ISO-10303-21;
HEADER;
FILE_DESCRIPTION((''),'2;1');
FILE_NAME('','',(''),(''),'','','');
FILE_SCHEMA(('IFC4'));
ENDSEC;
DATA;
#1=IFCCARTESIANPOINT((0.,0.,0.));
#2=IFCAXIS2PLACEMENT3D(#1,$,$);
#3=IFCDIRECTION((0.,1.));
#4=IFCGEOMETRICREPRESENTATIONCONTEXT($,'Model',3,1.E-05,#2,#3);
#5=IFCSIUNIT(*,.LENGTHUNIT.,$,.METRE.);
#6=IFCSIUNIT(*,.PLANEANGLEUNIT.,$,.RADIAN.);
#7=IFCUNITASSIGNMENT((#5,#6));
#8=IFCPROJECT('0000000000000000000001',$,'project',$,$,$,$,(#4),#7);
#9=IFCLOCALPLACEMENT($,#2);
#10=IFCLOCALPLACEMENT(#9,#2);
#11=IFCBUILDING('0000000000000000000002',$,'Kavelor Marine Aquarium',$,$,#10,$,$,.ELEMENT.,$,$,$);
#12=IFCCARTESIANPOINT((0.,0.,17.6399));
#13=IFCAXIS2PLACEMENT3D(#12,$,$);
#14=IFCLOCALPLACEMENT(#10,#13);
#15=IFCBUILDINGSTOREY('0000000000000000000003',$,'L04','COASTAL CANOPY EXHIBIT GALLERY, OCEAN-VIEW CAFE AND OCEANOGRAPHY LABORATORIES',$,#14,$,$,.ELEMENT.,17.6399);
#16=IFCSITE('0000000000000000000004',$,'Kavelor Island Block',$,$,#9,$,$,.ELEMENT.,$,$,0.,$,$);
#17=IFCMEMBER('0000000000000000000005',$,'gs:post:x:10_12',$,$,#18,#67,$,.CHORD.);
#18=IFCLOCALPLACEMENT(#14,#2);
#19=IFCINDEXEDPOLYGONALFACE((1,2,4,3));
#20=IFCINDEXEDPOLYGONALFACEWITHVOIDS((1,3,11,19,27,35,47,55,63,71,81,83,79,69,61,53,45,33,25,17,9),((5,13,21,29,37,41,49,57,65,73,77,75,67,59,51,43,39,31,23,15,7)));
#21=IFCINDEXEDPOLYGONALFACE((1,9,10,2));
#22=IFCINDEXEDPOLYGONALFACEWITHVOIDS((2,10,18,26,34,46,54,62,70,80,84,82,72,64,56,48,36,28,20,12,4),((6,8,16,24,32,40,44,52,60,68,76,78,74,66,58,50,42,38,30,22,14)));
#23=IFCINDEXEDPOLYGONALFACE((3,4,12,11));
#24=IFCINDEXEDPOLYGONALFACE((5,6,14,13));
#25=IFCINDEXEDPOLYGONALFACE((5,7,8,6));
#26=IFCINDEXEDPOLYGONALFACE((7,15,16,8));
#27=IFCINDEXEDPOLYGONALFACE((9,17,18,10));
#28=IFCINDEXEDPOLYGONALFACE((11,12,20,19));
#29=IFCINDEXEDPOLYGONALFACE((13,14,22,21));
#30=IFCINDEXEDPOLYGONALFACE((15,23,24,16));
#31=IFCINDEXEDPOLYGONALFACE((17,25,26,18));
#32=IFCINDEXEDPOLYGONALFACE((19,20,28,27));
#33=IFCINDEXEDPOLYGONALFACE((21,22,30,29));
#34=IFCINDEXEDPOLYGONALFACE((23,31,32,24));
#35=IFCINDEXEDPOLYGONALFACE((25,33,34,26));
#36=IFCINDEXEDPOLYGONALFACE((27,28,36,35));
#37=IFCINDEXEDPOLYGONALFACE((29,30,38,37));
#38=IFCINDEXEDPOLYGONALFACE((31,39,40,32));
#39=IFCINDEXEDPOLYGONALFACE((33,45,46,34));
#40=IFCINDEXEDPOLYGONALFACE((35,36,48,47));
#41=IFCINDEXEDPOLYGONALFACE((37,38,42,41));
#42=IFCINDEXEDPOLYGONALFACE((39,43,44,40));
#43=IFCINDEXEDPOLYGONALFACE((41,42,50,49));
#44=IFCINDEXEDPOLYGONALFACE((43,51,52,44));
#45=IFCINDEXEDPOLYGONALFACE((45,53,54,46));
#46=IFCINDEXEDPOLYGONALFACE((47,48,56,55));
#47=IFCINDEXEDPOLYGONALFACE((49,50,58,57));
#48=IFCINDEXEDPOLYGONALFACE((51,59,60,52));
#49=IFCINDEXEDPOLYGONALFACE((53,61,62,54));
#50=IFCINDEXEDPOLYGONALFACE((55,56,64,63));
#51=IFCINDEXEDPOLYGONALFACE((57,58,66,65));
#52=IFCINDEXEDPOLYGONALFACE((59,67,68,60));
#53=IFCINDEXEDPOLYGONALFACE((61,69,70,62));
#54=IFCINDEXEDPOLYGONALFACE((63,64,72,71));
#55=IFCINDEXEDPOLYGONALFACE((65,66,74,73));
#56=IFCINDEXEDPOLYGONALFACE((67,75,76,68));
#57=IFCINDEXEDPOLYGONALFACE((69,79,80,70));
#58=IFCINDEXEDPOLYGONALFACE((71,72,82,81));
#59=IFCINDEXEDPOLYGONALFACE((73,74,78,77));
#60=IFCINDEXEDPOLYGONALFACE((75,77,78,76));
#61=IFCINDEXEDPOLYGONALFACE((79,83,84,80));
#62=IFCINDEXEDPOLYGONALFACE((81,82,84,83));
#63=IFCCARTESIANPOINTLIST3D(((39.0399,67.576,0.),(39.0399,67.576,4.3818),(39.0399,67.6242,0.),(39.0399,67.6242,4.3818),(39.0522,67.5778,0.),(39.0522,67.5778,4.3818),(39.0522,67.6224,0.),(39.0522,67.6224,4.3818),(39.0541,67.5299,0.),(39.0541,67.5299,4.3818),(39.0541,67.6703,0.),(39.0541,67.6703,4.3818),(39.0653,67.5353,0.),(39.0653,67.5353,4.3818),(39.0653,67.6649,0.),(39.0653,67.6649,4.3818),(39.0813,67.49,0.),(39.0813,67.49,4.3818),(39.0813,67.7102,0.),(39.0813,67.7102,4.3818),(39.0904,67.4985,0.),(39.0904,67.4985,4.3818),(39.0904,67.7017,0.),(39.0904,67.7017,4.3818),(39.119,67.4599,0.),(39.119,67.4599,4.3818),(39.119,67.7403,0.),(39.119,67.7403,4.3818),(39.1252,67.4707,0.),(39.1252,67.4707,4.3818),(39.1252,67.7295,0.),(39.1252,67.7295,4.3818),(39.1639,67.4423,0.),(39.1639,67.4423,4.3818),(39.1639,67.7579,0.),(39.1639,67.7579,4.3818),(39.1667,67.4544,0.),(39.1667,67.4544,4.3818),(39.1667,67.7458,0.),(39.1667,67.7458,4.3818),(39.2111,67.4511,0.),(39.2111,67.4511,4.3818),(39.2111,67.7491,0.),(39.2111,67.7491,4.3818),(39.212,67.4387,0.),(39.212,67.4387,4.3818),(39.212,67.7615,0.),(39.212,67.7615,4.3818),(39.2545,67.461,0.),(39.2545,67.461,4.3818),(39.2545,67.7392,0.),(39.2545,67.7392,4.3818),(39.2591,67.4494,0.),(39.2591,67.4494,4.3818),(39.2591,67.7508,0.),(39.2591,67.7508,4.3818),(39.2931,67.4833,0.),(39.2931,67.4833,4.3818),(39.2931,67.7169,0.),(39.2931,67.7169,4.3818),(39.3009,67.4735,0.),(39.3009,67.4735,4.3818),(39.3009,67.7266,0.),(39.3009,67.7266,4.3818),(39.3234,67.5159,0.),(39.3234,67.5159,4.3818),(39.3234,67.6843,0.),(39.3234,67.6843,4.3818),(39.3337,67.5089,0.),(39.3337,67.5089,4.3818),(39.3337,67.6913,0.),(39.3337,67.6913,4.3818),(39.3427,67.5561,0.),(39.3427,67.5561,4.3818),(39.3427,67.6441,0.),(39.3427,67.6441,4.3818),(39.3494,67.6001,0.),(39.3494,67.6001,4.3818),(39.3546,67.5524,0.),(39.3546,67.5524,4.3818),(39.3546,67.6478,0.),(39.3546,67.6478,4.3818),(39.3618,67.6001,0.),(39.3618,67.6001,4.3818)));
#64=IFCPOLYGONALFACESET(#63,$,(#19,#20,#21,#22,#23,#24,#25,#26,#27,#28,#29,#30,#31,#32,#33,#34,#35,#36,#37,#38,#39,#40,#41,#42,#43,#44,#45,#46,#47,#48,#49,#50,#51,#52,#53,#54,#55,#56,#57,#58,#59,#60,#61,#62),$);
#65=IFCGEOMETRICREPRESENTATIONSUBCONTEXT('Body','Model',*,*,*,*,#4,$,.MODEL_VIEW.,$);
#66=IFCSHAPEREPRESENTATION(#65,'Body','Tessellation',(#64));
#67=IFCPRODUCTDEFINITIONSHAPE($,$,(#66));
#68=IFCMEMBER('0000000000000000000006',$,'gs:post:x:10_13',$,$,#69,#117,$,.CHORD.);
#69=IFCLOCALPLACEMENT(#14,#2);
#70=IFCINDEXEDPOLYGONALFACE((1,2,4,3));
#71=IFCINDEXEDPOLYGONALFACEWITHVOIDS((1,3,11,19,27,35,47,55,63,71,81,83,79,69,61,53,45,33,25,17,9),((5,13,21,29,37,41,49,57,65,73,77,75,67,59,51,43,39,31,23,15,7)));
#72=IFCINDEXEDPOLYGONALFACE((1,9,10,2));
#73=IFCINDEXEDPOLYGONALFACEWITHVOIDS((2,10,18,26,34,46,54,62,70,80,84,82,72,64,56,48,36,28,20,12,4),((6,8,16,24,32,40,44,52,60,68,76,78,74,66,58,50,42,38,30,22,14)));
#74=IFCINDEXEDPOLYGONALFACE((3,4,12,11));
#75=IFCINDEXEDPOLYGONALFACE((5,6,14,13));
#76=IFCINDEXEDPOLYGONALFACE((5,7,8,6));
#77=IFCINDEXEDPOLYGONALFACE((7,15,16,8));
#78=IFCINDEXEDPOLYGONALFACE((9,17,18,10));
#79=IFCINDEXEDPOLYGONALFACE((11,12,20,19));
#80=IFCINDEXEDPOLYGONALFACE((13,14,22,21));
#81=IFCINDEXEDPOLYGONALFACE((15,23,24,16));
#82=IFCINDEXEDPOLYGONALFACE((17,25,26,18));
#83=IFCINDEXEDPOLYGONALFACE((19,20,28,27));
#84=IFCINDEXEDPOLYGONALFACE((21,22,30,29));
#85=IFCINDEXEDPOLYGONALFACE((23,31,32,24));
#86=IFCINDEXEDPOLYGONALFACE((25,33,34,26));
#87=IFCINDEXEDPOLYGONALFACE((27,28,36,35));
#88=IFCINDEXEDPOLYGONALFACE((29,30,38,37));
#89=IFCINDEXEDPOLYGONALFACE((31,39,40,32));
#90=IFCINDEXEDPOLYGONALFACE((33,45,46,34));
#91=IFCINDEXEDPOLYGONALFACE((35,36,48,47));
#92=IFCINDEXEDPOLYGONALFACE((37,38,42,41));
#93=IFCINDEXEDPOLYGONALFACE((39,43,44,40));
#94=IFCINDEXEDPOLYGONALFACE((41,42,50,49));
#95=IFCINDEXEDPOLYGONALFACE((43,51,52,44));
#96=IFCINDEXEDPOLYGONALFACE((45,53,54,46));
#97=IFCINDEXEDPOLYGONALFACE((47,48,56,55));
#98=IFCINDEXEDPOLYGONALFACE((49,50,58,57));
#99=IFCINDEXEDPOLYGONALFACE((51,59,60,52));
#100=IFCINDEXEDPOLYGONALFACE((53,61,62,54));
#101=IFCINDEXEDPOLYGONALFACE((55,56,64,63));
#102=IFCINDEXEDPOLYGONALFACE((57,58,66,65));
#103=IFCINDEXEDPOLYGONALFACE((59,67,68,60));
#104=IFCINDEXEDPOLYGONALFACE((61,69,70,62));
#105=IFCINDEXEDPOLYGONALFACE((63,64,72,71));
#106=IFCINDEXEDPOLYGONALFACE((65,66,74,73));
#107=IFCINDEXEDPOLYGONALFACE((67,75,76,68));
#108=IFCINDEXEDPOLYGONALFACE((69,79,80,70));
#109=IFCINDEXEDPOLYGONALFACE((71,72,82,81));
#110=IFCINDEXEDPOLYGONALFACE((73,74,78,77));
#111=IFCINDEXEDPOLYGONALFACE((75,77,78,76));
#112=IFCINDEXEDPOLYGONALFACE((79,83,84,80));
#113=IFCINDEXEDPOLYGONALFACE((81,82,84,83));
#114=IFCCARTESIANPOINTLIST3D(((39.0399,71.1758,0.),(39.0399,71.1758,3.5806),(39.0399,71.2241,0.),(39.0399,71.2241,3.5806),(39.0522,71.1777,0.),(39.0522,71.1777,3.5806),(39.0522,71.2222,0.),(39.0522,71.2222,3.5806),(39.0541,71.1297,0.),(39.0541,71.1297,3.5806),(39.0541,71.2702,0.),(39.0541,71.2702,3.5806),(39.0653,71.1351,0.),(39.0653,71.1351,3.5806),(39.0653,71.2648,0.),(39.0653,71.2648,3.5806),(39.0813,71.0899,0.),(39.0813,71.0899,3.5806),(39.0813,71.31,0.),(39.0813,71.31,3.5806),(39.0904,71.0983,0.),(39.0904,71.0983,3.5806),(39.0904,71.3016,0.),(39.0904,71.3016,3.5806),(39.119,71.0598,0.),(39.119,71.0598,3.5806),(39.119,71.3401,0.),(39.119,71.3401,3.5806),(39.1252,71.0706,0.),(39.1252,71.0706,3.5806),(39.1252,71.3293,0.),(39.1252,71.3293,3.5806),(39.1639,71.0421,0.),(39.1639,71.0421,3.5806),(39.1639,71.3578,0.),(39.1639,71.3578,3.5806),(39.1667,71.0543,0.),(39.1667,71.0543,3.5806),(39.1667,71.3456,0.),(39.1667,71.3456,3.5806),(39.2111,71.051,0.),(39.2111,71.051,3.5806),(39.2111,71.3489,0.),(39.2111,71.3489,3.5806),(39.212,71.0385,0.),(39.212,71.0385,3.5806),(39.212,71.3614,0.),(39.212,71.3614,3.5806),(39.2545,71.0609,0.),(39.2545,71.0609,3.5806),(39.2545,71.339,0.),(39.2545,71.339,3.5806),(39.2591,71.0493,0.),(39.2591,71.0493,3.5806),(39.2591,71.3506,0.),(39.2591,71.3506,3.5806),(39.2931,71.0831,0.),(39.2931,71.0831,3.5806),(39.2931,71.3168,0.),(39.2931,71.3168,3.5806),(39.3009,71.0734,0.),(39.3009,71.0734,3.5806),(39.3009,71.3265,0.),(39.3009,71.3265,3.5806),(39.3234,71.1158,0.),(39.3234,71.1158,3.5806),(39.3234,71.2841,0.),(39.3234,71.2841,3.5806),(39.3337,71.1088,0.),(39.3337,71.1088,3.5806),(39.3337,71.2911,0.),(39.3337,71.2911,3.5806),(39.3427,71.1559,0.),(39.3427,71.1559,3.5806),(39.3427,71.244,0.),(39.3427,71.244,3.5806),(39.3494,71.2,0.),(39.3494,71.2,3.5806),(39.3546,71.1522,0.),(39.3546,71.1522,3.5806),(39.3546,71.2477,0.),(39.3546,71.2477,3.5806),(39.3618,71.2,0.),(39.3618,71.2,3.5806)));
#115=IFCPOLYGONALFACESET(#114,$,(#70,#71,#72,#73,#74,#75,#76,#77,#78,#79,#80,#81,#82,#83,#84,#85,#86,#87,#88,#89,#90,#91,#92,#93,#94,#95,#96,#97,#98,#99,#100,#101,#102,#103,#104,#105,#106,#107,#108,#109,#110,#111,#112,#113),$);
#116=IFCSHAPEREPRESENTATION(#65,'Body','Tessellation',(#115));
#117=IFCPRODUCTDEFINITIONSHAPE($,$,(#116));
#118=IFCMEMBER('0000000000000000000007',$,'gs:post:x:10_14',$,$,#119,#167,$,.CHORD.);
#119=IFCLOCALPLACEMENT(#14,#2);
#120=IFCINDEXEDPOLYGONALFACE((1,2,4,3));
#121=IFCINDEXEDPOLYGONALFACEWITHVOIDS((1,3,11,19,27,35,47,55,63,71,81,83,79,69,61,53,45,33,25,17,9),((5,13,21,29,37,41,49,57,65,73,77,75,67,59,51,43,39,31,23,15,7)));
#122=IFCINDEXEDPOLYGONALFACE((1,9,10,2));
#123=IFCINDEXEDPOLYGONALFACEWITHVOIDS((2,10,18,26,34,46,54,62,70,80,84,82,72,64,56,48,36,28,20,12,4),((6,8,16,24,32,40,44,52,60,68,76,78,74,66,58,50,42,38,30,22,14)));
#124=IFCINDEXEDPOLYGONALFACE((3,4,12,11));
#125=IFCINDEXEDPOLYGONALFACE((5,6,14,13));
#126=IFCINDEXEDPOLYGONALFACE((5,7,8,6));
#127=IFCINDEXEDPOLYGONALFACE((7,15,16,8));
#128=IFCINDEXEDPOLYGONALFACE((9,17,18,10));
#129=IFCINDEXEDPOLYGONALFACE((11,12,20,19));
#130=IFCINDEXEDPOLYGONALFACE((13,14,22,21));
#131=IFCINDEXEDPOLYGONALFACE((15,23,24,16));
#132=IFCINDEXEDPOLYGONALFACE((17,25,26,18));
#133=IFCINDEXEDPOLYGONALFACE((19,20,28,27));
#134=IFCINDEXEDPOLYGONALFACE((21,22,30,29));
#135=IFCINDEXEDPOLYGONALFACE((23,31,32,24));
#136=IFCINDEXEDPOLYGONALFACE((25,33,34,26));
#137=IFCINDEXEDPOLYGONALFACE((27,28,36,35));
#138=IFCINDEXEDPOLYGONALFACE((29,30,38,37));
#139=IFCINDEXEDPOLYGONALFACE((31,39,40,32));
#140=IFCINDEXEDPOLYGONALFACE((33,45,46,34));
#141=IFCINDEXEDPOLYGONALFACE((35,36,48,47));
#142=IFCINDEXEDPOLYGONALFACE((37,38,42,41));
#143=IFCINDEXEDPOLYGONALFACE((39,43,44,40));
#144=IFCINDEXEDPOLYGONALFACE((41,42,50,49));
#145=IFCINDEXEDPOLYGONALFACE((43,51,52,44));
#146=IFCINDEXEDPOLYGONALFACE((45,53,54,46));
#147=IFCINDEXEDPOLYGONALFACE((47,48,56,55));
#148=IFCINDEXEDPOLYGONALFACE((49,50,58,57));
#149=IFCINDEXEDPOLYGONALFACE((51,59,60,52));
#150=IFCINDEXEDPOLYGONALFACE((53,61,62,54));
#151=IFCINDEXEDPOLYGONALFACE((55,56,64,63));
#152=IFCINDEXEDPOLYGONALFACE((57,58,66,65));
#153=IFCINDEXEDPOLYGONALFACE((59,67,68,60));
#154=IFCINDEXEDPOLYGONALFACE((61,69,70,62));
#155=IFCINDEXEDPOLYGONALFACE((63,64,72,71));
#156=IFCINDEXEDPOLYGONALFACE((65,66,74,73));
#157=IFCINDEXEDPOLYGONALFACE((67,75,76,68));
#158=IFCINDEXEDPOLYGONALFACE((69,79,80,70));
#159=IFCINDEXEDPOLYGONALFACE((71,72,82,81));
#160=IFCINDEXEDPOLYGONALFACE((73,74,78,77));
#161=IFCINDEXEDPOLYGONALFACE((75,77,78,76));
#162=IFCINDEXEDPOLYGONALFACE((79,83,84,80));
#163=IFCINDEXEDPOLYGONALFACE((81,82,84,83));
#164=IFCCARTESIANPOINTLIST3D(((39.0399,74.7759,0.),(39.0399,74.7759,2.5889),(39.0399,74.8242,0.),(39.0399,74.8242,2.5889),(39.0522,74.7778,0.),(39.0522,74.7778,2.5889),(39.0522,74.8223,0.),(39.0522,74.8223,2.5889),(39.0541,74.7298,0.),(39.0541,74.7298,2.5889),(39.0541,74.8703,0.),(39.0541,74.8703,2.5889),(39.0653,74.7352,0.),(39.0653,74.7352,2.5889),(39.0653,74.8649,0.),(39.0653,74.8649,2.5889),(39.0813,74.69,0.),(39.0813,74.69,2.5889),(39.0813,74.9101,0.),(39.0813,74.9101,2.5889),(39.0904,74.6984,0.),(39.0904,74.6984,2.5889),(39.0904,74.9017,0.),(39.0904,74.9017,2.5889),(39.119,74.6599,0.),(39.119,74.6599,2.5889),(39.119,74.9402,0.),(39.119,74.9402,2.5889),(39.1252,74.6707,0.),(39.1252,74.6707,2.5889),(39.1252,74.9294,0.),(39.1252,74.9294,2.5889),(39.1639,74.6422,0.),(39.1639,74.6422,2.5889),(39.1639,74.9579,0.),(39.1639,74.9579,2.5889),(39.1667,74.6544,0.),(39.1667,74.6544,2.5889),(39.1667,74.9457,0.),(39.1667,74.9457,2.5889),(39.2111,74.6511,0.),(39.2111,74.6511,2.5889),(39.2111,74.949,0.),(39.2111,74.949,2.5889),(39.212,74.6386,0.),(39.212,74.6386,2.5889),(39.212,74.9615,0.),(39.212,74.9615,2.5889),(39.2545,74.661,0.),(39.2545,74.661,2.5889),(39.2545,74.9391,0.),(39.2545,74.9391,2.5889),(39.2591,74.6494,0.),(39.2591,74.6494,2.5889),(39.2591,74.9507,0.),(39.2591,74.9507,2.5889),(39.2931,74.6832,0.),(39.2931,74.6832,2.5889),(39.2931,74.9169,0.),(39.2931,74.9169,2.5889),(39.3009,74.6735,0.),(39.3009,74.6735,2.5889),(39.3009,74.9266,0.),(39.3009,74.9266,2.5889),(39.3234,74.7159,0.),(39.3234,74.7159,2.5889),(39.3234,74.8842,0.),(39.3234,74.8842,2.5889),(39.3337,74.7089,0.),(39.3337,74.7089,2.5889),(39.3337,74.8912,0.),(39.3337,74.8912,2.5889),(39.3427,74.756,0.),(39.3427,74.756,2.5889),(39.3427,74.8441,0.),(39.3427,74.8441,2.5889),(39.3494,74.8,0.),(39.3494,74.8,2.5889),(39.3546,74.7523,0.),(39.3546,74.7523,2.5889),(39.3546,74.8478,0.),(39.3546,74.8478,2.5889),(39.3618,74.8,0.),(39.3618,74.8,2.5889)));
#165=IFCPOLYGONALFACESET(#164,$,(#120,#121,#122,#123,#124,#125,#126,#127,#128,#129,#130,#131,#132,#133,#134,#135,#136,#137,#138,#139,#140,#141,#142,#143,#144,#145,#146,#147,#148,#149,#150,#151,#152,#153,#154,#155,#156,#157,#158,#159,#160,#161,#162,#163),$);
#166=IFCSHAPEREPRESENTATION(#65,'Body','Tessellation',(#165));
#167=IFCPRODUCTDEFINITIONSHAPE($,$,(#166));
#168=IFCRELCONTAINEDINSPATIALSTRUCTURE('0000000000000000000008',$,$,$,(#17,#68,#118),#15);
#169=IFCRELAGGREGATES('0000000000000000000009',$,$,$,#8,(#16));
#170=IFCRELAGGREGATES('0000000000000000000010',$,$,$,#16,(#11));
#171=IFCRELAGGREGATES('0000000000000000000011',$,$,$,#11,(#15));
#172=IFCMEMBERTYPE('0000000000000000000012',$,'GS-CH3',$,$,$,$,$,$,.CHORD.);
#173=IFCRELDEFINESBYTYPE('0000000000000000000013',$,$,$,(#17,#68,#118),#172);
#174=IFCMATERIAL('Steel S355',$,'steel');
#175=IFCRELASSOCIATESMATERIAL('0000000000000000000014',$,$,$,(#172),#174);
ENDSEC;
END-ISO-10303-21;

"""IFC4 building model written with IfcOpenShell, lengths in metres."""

from ifc_helpers import new_model, si_unit, direction, frame, origin, origin_2d, place, context, subcontext, project, spatial, hollow_circle, extrude, material, material_profile, profile_set, type_object, element, save


model = new_model("IFC4")

# Units and contexts
model_context = context("Model", 3, precision=1e-05, world=origin(), true_north=direction((0.0, 1.0)))
body_context = subcontext(model_context, "Body", "Model", "MODEL_VIEW")
ifc_project = project(units=[si_unit("LENGTHUNIT", "METRE"), si_unit("PLANEANGLEUNIT", "RADIAN")], contexts=[model_context])

# Site, building, storey
site_placement = place(None, origin())
site = spatial("IfcSite", under=ifc_project, at=site_placement, Name="Kavelor Island Block", CompositionType="ELEMENT", RefElevation=0.0)
building_placement = place(site_placement, origin())
building = spatial("IfcBuilding", under=site, at=building_placement, Name="Kavelor Marine Aquarium", CompositionType="ELEMENT")
storey_placement = place(building_placement, frame((0.0, 0.0, 17.6399)))
storey = spatial("IfcBuildingStorey", under=building, at=storey_placement, Name="L04", Description="COASTAL CANOPY EXHIBIT GALLERY, OCEAN-VIEW CAFE AND OCEANOGRAPHY LABORATORIES", CompositionType="ELEMENT", Elevation=17.6399)

# Members
ifc_material_1 = material(Name="Steel S355", Category="steel")
ifc_material_profile_1 = material_profile(ifc_material_1, hollow_circle(Radius=0.1619, WallThickness=0.0125, at=origin_2d()), Name="CHS 323.9x12.5")
ifc_profile_set_1 = profile_set([ifc_material_profile_1], Name="Steel S355")
member_type_1 = type_object("IfcMemberType", Name="GS-CH3", PredefinedType="CHORD", material=ifc_profile_set_1)
member_1_placement = place(storey_placement, frame((39.2, 67.6001, 0.0), z_axis=(0.0, 0.0, 1.0), x_axis=(1.0, 0.0, 0.0)))
element("IfcMember", 1, at=member_1_placement, inside=storey, type_object=member_type_1, Name="gs:post:x:10_12", PredefinedType="CHORD", context=body_context, shape_type="SweptSolid", body=[
    extrude(hollow_circle(Radius=0.1619, WallThickness=0.0125, at=origin_2d()), origin(), (0.0, 0.0, 1.0), 4.3818),
])
member_2_placement = place(storey_placement, frame((39.2, 71.2, 0.0), z_axis=(0.0, 0.0, 1.0), x_axis=(1.0, 0.0, 0.0)))
element("IfcMember", 2, at=member_2_placement, inside=storey, type_object=member_type_1, Name="gs:post:x:10_13", PredefinedType="CHORD", context=body_context, shape_type="SweptSolid", body=[
    extrude(hollow_circle(Radius=0.1619, WallThickness=0.0125, at=origin_2d()), origin(), (0.0, 0.0, 1.0), 3.5806),
])
member_3_placement = place(storey_placement, frame((39.2, 74.8, 0.0), z_axis=(0.0, 0.0, 1.0), x_axis=(1.0, 0.0, 0.0)))
element("IfcMember", 3, at=member_3_placement, inside=storey, type_object=member_type_1, Name="gs:post:x:10_14", PredefinedType="CHORD", context=body_context, shape_type="SweptSolid", body=[
    extrude(hollow_circle(Radius=0.1619, WallThickness=0.0125, at=origin_2d()), origin(), (0.0, 0.0, 1.0), 2.5889),
])

save(model, "model.ifc")
